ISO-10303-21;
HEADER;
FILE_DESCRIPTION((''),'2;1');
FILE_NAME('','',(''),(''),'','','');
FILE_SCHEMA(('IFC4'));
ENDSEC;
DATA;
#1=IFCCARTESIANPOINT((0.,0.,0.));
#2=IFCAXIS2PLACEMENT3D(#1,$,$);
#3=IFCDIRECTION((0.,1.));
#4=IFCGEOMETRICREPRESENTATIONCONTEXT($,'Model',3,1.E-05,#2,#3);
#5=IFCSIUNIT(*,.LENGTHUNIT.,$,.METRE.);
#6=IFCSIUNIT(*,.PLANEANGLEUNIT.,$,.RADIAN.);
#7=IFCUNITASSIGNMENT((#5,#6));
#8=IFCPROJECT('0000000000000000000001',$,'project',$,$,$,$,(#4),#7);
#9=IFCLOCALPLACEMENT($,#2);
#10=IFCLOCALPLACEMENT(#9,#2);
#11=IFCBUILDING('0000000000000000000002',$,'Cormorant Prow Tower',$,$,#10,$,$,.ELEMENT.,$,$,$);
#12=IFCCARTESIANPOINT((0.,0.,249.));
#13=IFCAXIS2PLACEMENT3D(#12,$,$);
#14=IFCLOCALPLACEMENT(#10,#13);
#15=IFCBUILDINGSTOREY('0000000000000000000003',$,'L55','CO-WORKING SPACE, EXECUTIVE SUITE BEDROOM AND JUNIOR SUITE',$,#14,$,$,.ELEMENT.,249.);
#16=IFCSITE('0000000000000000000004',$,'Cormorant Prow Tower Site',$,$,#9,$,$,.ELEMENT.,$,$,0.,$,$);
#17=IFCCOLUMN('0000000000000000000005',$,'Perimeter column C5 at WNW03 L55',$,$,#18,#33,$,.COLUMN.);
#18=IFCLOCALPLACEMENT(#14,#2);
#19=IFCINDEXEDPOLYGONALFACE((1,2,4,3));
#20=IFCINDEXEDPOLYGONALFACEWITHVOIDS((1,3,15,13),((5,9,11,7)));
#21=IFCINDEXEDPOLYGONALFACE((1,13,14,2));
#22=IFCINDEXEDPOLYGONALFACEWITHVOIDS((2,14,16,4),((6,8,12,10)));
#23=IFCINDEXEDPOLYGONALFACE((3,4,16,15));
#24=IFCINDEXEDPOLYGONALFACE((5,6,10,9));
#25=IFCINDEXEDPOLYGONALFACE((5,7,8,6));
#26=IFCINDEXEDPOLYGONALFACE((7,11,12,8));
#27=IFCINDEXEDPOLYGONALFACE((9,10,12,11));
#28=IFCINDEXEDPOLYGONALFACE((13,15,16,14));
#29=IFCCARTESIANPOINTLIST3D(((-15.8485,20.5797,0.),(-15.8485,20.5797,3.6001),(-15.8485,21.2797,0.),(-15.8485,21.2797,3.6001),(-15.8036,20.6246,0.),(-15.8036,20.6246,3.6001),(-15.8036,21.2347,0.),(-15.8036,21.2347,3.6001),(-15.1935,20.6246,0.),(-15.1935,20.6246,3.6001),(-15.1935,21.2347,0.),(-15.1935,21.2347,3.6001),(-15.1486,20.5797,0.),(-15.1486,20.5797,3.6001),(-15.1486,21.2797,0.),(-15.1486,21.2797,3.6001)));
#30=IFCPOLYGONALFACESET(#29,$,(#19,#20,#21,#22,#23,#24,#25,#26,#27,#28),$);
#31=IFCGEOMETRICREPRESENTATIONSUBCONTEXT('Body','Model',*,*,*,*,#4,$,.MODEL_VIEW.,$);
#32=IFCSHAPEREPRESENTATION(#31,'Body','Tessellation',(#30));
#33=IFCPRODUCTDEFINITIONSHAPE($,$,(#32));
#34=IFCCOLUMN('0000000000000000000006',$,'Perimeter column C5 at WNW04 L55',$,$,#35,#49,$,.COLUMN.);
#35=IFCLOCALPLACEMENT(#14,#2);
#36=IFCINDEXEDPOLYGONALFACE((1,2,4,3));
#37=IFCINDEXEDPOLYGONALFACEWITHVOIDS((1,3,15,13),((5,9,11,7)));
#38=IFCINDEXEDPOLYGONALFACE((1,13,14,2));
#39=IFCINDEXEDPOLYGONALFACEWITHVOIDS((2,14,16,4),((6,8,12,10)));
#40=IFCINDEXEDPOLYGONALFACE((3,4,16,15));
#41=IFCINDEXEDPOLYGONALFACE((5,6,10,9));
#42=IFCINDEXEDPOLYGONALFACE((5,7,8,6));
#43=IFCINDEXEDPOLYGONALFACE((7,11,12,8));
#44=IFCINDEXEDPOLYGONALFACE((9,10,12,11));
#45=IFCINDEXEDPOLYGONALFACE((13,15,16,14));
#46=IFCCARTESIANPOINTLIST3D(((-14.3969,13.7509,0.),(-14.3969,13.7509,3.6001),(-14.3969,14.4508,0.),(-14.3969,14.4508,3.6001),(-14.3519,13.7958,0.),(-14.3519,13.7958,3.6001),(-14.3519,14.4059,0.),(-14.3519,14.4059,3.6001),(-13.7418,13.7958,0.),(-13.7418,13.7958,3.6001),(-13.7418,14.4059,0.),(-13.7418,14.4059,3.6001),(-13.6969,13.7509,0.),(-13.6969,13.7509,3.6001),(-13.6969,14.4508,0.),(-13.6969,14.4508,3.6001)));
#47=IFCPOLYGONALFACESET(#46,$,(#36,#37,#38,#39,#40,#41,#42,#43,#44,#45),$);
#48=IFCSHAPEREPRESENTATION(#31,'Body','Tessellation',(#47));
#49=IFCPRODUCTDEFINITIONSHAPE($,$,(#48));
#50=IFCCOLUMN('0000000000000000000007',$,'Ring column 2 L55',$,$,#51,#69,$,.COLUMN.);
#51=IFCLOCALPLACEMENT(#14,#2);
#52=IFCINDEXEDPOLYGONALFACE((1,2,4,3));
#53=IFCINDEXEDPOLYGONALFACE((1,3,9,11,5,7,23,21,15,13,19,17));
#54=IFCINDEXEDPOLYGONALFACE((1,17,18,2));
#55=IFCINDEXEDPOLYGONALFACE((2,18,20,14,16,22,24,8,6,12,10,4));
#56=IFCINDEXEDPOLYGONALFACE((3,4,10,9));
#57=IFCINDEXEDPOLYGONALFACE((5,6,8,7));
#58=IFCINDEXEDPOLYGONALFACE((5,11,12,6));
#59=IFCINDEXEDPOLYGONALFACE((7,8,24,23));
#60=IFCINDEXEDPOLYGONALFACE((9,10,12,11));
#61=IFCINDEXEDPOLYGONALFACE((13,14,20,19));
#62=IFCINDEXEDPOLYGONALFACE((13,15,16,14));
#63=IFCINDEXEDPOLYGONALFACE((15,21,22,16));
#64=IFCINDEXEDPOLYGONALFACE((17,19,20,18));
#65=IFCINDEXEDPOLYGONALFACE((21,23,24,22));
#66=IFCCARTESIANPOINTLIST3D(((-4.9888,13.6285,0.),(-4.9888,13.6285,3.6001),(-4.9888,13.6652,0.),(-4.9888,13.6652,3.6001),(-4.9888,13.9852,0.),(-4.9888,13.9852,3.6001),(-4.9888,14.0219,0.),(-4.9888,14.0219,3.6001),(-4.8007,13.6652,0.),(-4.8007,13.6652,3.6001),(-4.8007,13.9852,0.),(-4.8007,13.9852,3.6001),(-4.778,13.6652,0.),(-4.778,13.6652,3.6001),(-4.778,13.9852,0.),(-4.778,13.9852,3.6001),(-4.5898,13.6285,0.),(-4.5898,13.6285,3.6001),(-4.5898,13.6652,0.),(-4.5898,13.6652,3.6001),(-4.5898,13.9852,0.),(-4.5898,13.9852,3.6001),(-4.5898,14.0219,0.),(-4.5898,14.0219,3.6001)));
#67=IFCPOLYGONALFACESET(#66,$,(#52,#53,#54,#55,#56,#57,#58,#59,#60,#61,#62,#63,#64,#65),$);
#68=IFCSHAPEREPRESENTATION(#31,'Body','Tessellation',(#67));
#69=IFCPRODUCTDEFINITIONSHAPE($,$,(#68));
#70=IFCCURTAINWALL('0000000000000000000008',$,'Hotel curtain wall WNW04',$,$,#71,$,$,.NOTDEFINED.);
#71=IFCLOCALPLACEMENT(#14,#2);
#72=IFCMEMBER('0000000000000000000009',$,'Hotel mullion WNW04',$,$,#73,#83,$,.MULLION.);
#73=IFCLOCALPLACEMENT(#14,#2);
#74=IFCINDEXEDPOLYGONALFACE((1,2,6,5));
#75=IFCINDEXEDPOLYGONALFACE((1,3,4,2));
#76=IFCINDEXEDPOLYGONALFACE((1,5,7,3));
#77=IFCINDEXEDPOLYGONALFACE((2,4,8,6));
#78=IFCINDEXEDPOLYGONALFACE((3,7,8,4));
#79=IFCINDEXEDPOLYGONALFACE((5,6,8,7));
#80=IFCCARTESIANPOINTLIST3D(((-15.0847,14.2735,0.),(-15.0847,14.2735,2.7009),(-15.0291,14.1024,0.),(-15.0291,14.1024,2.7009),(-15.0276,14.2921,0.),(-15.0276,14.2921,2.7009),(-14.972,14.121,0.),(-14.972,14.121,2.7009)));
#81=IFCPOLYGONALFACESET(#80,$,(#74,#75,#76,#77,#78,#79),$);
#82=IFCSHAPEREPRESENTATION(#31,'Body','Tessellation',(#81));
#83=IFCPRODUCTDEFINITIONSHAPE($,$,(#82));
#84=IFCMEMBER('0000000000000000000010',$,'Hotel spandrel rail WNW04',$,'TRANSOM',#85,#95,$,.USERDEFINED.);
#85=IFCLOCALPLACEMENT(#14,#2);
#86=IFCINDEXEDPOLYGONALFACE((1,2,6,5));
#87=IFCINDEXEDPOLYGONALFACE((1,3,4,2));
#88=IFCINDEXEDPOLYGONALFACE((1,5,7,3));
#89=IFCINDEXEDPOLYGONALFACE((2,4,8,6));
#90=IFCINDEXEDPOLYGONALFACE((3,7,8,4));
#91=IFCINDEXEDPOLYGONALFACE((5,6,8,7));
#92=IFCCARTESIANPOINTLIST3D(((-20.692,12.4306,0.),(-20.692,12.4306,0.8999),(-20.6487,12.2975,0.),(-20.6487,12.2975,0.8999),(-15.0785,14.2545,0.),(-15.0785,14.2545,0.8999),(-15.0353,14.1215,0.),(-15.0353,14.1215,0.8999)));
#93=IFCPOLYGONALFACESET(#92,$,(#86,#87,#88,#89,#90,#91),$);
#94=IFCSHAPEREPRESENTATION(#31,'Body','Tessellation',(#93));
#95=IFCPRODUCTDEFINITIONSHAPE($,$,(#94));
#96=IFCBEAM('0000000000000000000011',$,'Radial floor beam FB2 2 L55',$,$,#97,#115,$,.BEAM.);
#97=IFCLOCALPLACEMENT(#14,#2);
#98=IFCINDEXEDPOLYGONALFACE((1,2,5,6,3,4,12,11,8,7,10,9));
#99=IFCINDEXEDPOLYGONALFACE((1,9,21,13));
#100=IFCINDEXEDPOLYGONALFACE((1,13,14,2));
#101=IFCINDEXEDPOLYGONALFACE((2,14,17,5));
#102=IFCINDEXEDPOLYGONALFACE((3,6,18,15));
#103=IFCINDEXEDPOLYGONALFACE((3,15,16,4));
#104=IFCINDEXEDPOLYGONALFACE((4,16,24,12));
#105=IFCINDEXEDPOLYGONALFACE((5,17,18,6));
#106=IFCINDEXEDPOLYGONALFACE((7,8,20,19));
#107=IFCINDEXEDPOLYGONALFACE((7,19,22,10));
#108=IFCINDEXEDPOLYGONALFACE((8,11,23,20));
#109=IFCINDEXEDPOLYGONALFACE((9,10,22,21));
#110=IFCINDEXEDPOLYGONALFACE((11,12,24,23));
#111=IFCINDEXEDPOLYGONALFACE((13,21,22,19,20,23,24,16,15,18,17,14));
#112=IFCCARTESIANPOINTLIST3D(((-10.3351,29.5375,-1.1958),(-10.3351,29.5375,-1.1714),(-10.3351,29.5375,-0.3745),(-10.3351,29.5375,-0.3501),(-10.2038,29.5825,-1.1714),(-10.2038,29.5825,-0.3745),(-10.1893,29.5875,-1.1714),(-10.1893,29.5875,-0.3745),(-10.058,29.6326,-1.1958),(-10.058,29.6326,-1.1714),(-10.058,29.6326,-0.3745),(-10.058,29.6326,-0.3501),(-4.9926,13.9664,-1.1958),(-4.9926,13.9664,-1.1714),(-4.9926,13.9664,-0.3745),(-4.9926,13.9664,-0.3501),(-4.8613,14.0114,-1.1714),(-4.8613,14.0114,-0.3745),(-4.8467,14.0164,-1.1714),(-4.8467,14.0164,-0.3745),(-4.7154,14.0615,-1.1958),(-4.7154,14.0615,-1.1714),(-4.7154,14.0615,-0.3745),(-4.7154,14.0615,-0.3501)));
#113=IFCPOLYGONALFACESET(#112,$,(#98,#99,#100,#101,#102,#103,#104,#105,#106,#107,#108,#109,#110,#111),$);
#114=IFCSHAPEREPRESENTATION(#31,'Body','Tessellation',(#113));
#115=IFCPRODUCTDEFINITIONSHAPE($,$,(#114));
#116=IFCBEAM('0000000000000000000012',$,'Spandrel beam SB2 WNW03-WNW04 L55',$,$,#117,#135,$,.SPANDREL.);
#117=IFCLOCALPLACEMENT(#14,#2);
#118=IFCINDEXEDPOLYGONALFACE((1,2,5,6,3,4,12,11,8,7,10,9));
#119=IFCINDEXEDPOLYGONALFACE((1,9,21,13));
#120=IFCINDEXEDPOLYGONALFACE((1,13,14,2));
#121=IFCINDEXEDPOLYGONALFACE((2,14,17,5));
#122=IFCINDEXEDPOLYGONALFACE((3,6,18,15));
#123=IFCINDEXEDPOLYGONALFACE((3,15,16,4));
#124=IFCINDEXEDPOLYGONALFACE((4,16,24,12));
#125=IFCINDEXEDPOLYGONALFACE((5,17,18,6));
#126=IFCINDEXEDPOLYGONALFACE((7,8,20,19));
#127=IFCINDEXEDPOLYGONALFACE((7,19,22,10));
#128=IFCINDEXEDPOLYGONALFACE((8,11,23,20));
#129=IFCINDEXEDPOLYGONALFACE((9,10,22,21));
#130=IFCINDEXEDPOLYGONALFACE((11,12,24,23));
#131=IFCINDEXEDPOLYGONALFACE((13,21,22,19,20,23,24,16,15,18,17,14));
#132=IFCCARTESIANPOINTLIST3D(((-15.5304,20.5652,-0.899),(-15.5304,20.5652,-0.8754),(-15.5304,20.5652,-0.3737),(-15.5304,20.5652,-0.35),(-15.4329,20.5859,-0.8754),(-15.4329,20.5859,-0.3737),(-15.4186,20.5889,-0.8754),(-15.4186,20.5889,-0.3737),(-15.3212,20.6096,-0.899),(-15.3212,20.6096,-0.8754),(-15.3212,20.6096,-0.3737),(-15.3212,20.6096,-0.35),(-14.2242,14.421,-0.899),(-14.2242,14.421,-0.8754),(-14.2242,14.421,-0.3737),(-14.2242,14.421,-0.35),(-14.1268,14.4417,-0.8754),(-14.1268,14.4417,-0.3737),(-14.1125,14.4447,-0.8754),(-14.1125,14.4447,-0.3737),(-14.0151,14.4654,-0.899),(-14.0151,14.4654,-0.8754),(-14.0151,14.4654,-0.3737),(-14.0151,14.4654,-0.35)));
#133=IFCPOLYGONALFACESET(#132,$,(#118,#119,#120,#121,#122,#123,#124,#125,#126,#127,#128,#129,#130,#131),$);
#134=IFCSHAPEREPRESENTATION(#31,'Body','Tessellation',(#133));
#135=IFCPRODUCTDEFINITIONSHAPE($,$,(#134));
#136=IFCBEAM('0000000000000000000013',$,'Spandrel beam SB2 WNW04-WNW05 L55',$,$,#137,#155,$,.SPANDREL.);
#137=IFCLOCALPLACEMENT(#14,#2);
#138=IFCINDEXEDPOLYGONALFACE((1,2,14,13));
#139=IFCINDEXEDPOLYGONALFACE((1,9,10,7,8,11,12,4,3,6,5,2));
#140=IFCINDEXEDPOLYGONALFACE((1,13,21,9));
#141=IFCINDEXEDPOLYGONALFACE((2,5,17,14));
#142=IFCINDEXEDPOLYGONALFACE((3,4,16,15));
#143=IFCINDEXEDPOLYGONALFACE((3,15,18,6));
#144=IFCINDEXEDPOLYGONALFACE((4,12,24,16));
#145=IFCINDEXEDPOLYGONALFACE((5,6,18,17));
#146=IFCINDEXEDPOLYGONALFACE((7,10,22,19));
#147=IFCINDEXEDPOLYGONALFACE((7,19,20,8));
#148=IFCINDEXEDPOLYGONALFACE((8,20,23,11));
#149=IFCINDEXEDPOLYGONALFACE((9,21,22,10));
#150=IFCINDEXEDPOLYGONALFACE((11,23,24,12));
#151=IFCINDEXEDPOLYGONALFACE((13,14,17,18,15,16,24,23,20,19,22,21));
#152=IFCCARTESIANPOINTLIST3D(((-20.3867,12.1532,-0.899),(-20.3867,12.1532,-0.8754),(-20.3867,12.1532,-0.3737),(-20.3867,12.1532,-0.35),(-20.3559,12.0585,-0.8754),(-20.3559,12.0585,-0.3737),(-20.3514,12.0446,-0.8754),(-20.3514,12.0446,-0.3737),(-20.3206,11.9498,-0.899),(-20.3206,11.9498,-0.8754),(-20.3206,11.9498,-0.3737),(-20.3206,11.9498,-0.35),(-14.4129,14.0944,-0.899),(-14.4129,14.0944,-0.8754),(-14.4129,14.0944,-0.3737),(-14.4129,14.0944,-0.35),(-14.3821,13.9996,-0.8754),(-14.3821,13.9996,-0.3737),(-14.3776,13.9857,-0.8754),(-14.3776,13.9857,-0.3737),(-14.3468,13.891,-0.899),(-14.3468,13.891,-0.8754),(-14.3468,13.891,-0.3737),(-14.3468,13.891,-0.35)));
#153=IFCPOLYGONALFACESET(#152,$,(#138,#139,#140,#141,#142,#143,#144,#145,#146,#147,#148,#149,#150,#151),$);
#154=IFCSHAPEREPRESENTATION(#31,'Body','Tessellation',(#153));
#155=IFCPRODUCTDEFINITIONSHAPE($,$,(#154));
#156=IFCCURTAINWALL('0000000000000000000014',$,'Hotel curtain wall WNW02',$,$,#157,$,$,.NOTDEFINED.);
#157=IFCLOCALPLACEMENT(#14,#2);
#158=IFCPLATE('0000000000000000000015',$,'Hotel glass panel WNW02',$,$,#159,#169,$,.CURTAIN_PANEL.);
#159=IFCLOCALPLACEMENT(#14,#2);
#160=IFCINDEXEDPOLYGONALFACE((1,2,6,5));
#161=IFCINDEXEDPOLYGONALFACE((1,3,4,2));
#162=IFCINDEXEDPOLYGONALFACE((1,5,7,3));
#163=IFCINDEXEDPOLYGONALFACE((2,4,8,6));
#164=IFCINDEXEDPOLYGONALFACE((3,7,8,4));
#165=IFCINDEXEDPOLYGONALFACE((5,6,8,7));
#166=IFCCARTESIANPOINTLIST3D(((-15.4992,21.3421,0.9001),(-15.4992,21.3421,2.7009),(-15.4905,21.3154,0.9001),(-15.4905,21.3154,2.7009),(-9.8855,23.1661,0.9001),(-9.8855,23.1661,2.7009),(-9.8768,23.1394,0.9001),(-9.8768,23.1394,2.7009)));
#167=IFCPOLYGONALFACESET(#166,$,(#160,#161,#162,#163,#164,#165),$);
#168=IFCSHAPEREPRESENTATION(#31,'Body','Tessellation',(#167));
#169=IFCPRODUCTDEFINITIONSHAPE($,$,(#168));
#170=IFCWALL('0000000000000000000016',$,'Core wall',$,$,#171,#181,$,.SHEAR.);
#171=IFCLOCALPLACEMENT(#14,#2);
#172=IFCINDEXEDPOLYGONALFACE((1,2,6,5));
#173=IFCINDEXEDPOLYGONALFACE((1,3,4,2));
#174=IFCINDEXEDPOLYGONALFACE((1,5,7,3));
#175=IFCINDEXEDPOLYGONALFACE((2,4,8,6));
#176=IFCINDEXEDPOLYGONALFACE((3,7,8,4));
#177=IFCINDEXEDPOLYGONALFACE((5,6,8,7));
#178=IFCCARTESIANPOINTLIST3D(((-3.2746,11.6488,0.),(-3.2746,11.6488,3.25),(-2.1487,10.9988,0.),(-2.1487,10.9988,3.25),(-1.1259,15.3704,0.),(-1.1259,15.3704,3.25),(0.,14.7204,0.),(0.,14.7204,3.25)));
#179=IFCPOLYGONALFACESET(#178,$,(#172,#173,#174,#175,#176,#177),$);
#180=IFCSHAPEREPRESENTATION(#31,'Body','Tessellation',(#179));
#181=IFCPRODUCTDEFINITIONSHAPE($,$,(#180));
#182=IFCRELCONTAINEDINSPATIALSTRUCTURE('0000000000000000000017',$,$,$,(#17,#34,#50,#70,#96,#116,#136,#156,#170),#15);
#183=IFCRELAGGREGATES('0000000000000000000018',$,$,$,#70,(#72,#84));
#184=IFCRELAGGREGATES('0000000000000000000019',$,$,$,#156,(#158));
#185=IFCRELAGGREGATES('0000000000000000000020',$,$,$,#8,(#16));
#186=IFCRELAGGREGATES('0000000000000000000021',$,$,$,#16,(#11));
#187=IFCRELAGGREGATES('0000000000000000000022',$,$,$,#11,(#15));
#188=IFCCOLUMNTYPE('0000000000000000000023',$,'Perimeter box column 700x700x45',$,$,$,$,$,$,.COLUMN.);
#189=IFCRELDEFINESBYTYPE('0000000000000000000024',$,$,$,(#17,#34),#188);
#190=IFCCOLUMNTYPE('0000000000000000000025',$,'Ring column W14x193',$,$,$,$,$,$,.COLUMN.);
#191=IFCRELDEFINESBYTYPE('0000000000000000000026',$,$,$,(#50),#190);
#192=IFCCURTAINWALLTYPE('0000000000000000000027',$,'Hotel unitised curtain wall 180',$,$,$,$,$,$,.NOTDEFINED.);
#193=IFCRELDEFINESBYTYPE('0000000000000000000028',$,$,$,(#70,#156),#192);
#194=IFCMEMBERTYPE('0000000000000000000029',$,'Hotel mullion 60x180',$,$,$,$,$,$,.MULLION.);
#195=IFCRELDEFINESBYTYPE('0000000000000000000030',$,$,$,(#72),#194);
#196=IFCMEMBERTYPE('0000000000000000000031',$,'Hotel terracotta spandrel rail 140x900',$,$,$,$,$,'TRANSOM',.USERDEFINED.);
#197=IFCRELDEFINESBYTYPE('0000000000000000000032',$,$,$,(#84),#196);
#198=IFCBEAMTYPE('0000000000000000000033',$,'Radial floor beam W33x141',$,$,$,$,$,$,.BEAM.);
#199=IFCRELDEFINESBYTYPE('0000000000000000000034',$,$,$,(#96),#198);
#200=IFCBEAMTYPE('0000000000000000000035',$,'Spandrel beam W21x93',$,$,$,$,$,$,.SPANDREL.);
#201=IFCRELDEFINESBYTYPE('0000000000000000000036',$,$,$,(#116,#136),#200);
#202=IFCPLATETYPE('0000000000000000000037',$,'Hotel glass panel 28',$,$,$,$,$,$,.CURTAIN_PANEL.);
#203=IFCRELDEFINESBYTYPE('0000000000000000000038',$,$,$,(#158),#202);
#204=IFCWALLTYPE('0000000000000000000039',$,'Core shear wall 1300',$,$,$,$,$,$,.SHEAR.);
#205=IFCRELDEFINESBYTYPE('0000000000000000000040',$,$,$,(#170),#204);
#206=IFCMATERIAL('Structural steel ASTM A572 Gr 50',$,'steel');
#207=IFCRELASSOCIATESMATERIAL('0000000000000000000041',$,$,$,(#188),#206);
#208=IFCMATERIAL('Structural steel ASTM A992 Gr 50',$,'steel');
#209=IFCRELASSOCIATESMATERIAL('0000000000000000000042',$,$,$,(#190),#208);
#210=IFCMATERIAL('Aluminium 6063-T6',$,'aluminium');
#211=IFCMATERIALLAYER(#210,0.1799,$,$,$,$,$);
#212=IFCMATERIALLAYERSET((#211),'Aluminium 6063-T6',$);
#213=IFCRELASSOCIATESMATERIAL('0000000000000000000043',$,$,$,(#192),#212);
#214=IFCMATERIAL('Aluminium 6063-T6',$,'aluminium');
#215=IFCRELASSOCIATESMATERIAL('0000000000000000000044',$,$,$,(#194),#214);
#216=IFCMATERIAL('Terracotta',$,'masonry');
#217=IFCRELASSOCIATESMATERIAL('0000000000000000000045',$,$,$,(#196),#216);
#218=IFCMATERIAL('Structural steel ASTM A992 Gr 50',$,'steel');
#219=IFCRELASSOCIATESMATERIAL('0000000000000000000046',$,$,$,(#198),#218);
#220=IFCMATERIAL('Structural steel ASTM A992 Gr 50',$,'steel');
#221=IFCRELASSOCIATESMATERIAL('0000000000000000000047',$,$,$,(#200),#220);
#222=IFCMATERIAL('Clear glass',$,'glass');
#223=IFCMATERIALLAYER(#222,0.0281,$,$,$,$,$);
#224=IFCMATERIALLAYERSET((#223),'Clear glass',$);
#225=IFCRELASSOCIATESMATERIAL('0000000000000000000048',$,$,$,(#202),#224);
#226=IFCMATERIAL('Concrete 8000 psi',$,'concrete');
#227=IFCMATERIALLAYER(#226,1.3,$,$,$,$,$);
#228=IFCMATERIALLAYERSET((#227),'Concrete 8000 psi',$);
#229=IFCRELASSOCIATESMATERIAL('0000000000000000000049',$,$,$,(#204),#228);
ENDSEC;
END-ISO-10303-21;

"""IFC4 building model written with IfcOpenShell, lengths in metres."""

from ifc_helpers import new_model, si_unit, direction, frame, frame_2d, origin, origin_2d, place, context, subcontext, project, spatial, rectangle, hollow_rectangle, i_section, extrude, material, layer, layer_set, material_profile, profile_set, type_object, element, aggregate, save


model = new_model("IFC4")

# Units and contexts
model_context = context("Model", 3, precision=1e-05, world=origin(), true_north=direction((0.0, 1.0)))
body_context = subcontext(model_context, "Body", "Model", "MODEL_VIEW")
ifc_project = project(units=[si_unit("LENGTHUNIT", "METRE"), si_unit("PLANEANGLEUNIT", "RADIAN")], contexts=[model_context])

# Site, building, storey
site_placement = place(None, origin())
site = spatial("IfcSite", under=ifc_project, at=site_placement, Name="Cormorant Prow Tower Site", CompositionType="ELEMENT", RefElevation=0.0)
building_placement = place(site_placement, origin())
building = spatial("IfcBuilding", under=site, at=building_placement, Name="Cormorant Prow Tower", CompositionType="ELEMENT")
storey_placement = place(building_placement, frame((0.0, 0.0, 249.0)))
storey = spatial("IfcBuildingStorey", under=building, at=storey_placement, Name="L55", Description="CO-WORKING SPACE, EXECUTIVE SUITE BEDROOM AND JUNIOR SUITE", CompositionType="ELEMENT", Elevation=249.0)

# Columns
ifc_material_1 = material(Name="Structural steel ASTM A572 Gr 50", Category="steel")
ifc_material_profile_1 = material_profile(ifc_material_1, hollow_rectangle(XDim=0.7, YDim=0.7, WallThickness=0.0449, at=origin_2d()), Name="Box 700x700x45")
ifc_profile_set_1 = profile_set([ifc_material_profile_1], Name="Structural steel ASTM A572 Gr 50")
column_type_1 = type_object("IfcColumnType", Name="Perimeter box column 700x700x45", PredefinedType="COLUMN", material=ifc_profile_set_1)
for number, where, z_axis, x_axis, name in (
    (1, (-15.4985, 20.9297, 0.0), (0.0, 0.0, 1.0), (1.0, 0.0, 0.0), "Perimeter column C5 at WNW03 L55"),
    (2, (-14.0469, 14.1008, 0.0), (0.0, 0.0, 1.0), (1.0, 0.0, 0.0), "Perimeter column C5 at WNW04 L55"),
):
    element("IfcColumn", number, at=place(storey_placement, frame(where, z_axis=z_axis, x_axis=x_axis)), inside=storey, type_object=column_type_1, Name=name, PredefinedType="COLUMN", context=body_context, shape_type="SweptSolid", body=[
        extrude(hollow_rectangle(XDim=0.7, YDim=0.7, WallThickness=0.0449, at=origin_2d()), origin(), (0.0, 0.0, 1.0), 3.6001),
    ])
ifc_material_2 = material(Name="Structural steel ASTM A992 Gr 50", Category="steel")
ifc_material_profile_2 = material_profile(ifc_material_2, i_section(OverallWidth=0.3989, OverallDepth=0.3933, WebThickness=0.0227, FlangeThickness=0.0366, at=origin_2d()), Name="W14x193")
ifc_profile_set_2 = profile_set([ifc_material_profile_2], Name="Structural steel ASTM A992 Gr 50")
column_type_2 = type_object("IfcColumnType", Name="Ring column W14x193", PredefinedType="COLUMN", material=ifc_profile_set_2)
column_placement = place(storey_placement, frame((-4.7893, 13.8252, 0.0), z_axis=(0.0, 0.0, 1.0), x_axis=(1.0, 0.0, 0.0)))
element("IfcColumn", 3, at=column_placement, inside=storey, type_object=column_type_2, Name="Ring column 2 L55", PredefinedType="COLUMN", context=body_context, shape_type="SweptSolid", body=[
    extrude(i_section(OverallWidth=0.3989, OverallDepth=0.3933, WebThickness=0.0227, FlangeThickness=0.0366, at=origin_2d()), origin(), (0.0, 0.0, 1.0), 3.6001),
])

# Curtain wall, members
ifc_material_3 = material(Name="Aluminium 6063-T6", Category="aluminium")
ifc_layer_1 = layer(ifc_material_3, 0.1799)
ifc_layer_set_1 = layer_set([ifc_layer_1], Name="Aluminium 6063-T6")
curtain_wall_type = type_object("IfcCurtainWallType", Name="Hotel unitised curtain wall 180", PredefinedType="NOTDEFINED", material=ifc_layer_set_1)
curtain_wall_1_placement = place(storey_placement, origin())
curtain_wall_1 = element("IfcCurtainWall", 4, at=curtain_wall_1_placement, inside=storey, type_object=curtain_wall_type, Name="Hotel curtain wall WNW04", PredefinedType="NOTDEFINED")
ifc_material_4 = material(Name="Aluminium 6063-T6", Category="aluminium")
ifc_material_profile_3 = material_profile(ifc_material_4, rectangle(XDim=0.1799, YDim=0.0601, at=origin_2d()), Name="Hotel mullion 60x180")
ifc_profile_set_3 = profile_set([ifc_material_profile_3], Name="Aluminium 6063-T6")
member_type_1 = type_object("IfcMemberType", Name="Hotel mullion 60x180", PredefinedType="MULLION", material=ifc_profile_set_3)
member_1_placement = place(storey_placement, frame((-15.0283, 14.1973, 0.0), z_axis=(0.0, 0.0, 1.0), x_axis=(0.309017, -0.951057, 0.0)))
member_1 = element("IfcMember", 5, at=member_1_placement, type_object=member_type_1, Name="Hotel mullion WNW04", PredefinedType="MULLION", context=body_context, shape_type="SweptSolid", body=[
    extrude(rectangle(XDim=0.1799, YDim=0.0601, at=origin_2d()), origin(), (0.0, 0.0, 1.0), 2.7009),
])
ifc_material_5 = material(Name="Terracotta", Category="masonry")
ifc_material_profile_4 = material_profile(ifc_material_5, rectangle(XDim=0.1399, YDim=0.8999, at=origin_2d()), Name="Hotel terracotta spandrel rail 140x900")
ifc_profile_set_4 = profile_set([ifc_material_profile_4], Name="Terracotta")
member_type_2 = type_object("IfcMemberType", Name="Hotel terracotta spandrel rail 140x900", ElementType="TRANSOM", PredefinedType="USERDEFINED", material=ifc_profile_set_4)
member_2_placement = place(storey_placement, frame((-15.0569, 14.188, 0.45), z_axis=(-0.951055, -0.309022, 0.0), x_axis=(0.309022, -0.951055, 0.0)))
member_2 = element("IfcMember", 6, at=member_2_placement, type_object=member_type_2, Name="Hotel spandrel rail WNW04", ObjectType="TRANSOM", PredefinedType="USERDEFINED", context=body_context, shape_type="SweptSolid", body=[
    extrude(rectangle(XDim=0.1399, YDim=0.8999, at=origin_2d()), origin(), (0.0, 0.0, 1.0), 5.9023),
])
aggregate(curtain_wall_1, [member_1, member_2])

# Beams
ifc_material_6 = material(Name="Structural steel ASTM A992 Gr 50", Category="steel")
ifc_material_profile_5 = material_profile(ifc_material_6, i_section(OverallWidth=0.293, OverallDepth=0.8457, WebThickness=0.0154, FlangeThickness=0.0244, at=origin_2d()), Name="W33x141")
ifc_profile_set_5 = profile_set([ifc_material_profile_5], Name="Structural steel ASTM A992 Gr 50")
beam_type_1 = type_object("IfcBeamType", Name="Radial floor beam W33x141", PredefinedType="BEAM", material=ifc_profile_set_5)
beam_1_placement = place(storey_placement, frame((-4.854, 14.0139, -0.7729), z_axis=(-0.324536, 0.945874, 0.0), x_axis=(-0.945874, -0.324536, 0.0)))
element("IfcBeam", 7, at=beam_1_placement, inside=storey, type_object=beam_type_1, Name="Radial floor beam FB2 2 L55", PredefinedType="BEAM", context=body_context, shape_type="SweptSolid", body=[
    extrude(i_section(OverallWidth=0.293, OverallDepth=0.8457, WebThickness=0.0154, FlangeThickness=0.0244, at=origin_2d()), origin(), (0.0, 0.0, 1.0), 16.4622),
])
ifc_material_7 = material(Name="Structural steel ASTM A992 Gr 50", Category="steel")
ifc_material_profile_6 = material_profile(ifc_material_7, i_section(OverallWidth=0.2139, OverallDepth=0.5491, WebThickness=0.0146, FlangeThickness=0.0237, at=origin_2d()), Name="W21x93")
ifc_profile_set_6 = profile_set([ifc_material_profile_6], Name="Structural steel ASTM A992 Gr 50")
beam_type_2 = type_object("IfcBeamType", Name="Spandrel beam W21x93", PredefinedType="SPANDREL", material=ifc_profile_set_6)
beam_2_placement = place(storey_placement, frame((-15.4258, 20.5874, -0.6245), z_axis=(0.207934, -0.978143, 0.0), x_axis=(0.978143, 0.207934, 0.0)))
element("IfcBeam", 8, at=beam_2_placement, inside=storey, type_object=beam_type_2, Name="Spandrel beam SB2 WNW03-WNW04 L55", PredefinedType="SPANDREL", context=body_context, shape_type="SweptSolid", body=[
    extrude(i_section(OverallWidth=0.2139, OverallDepth=0.5491, WebThickness=0.0146, FlangeThickness=0.0237, at=origin_2d()), origin(), (0.0, 0.0, 1.0), 6.2815),
])
beam_3_placement = place(storey_placement, frame((-14.3799, 13.9927, -0.6245), z_axis=(-0.95105, -0.309036, 0.0), x_axis=(0.309036, -0.95105, 0.0)))
element("IfcBeam", 9, at=beam_3_placement, inside=storey, type_object=beam_type_2, Name="Spandrel beam SB2 WNW04-WNW05 L55", PredefinedType="SPANDREL", context=body_context, shape_type="SweptSolid", body=[
    extrude(i_section(OverallWidth=0.2139, OverallDepth=0.5491, WebThickness=0.0146, FlangeThickness=0.0237, at=origin_2d()), origin(), (0.0, 0.0, 1.0), 6.2812),
])

# Curtain wall, plate
curtain_wall_2_placement = place(storey_placement, origin())
curtain_wall_2 = element("IfcCurtainWall", 10, at=curtain_wall_2_placement, inside=storey, type_object=curtain_wall_type, Name="Hotel curtain wall WNW02", PredefinedType="NOTDEFINED")
ifc_material_8 = material(Name="Clear glass", Category="glass")
ifc_layer_2 = layer(ifc_material_8, 0.0281)
ifc_layer_set_2 = layer_set([ifc_layer_2], Name="Clear glass")
plate_type = type_object("IfcPlateType", Name="Hotel glass panel 28", PredefinedType="CURTAIN_PANEL", material=ifc_layer_set_2)
plate_placement = place(storey_placement, frame((-12.688, 22.2407, 0.9001), z_axis=(0.0, 0.0, 1.0), x_axis=(-0.951057, -0.309017, 0.0)))
plate = element("IfcPlate", 11, at=plate_placement, type_object=plate_type, Name="Hotel glass panel WNW02", PredefinedType="CURTAIN_PANEL", context=body_context, shape_type="SweptSolid", body=[
    extrude(rectangle(XDim=5.9026, YDim=0.0281, at=origin_2d()), origin(), (0.0, 0.0, 1.0), 1.8008),
])
aggregate(curtain_wall_2, [plate])

# Wall
ifc_material_9 = material(Name="Concrete 8000 psi", Category="concrete")
ifc_layer_3 = layer(ifc_material_9, 1.3)
ifc_layer_set_3 = layer_set([ifc_layer_3], Name="Concrete 8000 psi")
wall_type_1 = type_object("IfcWallType", Name="Core shear wall 1300", PredefinedType="SHEAR", material=ifc_layer_set_3)
wall_1_placement = place(storey_placement, frame((-0.563, 15.0454, 0.0), z_axis=(0.0, 0.0, 1.0), x_axis=(-0.499995, -0.866029, 0.0)))
element("IfcWall", 12, at=wall_1_placement, inside=storey, type_object=wall_type_1, Name="Core wall", PredefinedType="SHEAR", context=body_context, shape_type="SweptSolid", body=[
    extrude(rectangle(XDim=4.2974, YDim=1.3, at=frame_2d((2.1487, 0.0))), origin(), (0.0, 0.0, 1.0), 3.25),
])

save(model, "model.ifc")
